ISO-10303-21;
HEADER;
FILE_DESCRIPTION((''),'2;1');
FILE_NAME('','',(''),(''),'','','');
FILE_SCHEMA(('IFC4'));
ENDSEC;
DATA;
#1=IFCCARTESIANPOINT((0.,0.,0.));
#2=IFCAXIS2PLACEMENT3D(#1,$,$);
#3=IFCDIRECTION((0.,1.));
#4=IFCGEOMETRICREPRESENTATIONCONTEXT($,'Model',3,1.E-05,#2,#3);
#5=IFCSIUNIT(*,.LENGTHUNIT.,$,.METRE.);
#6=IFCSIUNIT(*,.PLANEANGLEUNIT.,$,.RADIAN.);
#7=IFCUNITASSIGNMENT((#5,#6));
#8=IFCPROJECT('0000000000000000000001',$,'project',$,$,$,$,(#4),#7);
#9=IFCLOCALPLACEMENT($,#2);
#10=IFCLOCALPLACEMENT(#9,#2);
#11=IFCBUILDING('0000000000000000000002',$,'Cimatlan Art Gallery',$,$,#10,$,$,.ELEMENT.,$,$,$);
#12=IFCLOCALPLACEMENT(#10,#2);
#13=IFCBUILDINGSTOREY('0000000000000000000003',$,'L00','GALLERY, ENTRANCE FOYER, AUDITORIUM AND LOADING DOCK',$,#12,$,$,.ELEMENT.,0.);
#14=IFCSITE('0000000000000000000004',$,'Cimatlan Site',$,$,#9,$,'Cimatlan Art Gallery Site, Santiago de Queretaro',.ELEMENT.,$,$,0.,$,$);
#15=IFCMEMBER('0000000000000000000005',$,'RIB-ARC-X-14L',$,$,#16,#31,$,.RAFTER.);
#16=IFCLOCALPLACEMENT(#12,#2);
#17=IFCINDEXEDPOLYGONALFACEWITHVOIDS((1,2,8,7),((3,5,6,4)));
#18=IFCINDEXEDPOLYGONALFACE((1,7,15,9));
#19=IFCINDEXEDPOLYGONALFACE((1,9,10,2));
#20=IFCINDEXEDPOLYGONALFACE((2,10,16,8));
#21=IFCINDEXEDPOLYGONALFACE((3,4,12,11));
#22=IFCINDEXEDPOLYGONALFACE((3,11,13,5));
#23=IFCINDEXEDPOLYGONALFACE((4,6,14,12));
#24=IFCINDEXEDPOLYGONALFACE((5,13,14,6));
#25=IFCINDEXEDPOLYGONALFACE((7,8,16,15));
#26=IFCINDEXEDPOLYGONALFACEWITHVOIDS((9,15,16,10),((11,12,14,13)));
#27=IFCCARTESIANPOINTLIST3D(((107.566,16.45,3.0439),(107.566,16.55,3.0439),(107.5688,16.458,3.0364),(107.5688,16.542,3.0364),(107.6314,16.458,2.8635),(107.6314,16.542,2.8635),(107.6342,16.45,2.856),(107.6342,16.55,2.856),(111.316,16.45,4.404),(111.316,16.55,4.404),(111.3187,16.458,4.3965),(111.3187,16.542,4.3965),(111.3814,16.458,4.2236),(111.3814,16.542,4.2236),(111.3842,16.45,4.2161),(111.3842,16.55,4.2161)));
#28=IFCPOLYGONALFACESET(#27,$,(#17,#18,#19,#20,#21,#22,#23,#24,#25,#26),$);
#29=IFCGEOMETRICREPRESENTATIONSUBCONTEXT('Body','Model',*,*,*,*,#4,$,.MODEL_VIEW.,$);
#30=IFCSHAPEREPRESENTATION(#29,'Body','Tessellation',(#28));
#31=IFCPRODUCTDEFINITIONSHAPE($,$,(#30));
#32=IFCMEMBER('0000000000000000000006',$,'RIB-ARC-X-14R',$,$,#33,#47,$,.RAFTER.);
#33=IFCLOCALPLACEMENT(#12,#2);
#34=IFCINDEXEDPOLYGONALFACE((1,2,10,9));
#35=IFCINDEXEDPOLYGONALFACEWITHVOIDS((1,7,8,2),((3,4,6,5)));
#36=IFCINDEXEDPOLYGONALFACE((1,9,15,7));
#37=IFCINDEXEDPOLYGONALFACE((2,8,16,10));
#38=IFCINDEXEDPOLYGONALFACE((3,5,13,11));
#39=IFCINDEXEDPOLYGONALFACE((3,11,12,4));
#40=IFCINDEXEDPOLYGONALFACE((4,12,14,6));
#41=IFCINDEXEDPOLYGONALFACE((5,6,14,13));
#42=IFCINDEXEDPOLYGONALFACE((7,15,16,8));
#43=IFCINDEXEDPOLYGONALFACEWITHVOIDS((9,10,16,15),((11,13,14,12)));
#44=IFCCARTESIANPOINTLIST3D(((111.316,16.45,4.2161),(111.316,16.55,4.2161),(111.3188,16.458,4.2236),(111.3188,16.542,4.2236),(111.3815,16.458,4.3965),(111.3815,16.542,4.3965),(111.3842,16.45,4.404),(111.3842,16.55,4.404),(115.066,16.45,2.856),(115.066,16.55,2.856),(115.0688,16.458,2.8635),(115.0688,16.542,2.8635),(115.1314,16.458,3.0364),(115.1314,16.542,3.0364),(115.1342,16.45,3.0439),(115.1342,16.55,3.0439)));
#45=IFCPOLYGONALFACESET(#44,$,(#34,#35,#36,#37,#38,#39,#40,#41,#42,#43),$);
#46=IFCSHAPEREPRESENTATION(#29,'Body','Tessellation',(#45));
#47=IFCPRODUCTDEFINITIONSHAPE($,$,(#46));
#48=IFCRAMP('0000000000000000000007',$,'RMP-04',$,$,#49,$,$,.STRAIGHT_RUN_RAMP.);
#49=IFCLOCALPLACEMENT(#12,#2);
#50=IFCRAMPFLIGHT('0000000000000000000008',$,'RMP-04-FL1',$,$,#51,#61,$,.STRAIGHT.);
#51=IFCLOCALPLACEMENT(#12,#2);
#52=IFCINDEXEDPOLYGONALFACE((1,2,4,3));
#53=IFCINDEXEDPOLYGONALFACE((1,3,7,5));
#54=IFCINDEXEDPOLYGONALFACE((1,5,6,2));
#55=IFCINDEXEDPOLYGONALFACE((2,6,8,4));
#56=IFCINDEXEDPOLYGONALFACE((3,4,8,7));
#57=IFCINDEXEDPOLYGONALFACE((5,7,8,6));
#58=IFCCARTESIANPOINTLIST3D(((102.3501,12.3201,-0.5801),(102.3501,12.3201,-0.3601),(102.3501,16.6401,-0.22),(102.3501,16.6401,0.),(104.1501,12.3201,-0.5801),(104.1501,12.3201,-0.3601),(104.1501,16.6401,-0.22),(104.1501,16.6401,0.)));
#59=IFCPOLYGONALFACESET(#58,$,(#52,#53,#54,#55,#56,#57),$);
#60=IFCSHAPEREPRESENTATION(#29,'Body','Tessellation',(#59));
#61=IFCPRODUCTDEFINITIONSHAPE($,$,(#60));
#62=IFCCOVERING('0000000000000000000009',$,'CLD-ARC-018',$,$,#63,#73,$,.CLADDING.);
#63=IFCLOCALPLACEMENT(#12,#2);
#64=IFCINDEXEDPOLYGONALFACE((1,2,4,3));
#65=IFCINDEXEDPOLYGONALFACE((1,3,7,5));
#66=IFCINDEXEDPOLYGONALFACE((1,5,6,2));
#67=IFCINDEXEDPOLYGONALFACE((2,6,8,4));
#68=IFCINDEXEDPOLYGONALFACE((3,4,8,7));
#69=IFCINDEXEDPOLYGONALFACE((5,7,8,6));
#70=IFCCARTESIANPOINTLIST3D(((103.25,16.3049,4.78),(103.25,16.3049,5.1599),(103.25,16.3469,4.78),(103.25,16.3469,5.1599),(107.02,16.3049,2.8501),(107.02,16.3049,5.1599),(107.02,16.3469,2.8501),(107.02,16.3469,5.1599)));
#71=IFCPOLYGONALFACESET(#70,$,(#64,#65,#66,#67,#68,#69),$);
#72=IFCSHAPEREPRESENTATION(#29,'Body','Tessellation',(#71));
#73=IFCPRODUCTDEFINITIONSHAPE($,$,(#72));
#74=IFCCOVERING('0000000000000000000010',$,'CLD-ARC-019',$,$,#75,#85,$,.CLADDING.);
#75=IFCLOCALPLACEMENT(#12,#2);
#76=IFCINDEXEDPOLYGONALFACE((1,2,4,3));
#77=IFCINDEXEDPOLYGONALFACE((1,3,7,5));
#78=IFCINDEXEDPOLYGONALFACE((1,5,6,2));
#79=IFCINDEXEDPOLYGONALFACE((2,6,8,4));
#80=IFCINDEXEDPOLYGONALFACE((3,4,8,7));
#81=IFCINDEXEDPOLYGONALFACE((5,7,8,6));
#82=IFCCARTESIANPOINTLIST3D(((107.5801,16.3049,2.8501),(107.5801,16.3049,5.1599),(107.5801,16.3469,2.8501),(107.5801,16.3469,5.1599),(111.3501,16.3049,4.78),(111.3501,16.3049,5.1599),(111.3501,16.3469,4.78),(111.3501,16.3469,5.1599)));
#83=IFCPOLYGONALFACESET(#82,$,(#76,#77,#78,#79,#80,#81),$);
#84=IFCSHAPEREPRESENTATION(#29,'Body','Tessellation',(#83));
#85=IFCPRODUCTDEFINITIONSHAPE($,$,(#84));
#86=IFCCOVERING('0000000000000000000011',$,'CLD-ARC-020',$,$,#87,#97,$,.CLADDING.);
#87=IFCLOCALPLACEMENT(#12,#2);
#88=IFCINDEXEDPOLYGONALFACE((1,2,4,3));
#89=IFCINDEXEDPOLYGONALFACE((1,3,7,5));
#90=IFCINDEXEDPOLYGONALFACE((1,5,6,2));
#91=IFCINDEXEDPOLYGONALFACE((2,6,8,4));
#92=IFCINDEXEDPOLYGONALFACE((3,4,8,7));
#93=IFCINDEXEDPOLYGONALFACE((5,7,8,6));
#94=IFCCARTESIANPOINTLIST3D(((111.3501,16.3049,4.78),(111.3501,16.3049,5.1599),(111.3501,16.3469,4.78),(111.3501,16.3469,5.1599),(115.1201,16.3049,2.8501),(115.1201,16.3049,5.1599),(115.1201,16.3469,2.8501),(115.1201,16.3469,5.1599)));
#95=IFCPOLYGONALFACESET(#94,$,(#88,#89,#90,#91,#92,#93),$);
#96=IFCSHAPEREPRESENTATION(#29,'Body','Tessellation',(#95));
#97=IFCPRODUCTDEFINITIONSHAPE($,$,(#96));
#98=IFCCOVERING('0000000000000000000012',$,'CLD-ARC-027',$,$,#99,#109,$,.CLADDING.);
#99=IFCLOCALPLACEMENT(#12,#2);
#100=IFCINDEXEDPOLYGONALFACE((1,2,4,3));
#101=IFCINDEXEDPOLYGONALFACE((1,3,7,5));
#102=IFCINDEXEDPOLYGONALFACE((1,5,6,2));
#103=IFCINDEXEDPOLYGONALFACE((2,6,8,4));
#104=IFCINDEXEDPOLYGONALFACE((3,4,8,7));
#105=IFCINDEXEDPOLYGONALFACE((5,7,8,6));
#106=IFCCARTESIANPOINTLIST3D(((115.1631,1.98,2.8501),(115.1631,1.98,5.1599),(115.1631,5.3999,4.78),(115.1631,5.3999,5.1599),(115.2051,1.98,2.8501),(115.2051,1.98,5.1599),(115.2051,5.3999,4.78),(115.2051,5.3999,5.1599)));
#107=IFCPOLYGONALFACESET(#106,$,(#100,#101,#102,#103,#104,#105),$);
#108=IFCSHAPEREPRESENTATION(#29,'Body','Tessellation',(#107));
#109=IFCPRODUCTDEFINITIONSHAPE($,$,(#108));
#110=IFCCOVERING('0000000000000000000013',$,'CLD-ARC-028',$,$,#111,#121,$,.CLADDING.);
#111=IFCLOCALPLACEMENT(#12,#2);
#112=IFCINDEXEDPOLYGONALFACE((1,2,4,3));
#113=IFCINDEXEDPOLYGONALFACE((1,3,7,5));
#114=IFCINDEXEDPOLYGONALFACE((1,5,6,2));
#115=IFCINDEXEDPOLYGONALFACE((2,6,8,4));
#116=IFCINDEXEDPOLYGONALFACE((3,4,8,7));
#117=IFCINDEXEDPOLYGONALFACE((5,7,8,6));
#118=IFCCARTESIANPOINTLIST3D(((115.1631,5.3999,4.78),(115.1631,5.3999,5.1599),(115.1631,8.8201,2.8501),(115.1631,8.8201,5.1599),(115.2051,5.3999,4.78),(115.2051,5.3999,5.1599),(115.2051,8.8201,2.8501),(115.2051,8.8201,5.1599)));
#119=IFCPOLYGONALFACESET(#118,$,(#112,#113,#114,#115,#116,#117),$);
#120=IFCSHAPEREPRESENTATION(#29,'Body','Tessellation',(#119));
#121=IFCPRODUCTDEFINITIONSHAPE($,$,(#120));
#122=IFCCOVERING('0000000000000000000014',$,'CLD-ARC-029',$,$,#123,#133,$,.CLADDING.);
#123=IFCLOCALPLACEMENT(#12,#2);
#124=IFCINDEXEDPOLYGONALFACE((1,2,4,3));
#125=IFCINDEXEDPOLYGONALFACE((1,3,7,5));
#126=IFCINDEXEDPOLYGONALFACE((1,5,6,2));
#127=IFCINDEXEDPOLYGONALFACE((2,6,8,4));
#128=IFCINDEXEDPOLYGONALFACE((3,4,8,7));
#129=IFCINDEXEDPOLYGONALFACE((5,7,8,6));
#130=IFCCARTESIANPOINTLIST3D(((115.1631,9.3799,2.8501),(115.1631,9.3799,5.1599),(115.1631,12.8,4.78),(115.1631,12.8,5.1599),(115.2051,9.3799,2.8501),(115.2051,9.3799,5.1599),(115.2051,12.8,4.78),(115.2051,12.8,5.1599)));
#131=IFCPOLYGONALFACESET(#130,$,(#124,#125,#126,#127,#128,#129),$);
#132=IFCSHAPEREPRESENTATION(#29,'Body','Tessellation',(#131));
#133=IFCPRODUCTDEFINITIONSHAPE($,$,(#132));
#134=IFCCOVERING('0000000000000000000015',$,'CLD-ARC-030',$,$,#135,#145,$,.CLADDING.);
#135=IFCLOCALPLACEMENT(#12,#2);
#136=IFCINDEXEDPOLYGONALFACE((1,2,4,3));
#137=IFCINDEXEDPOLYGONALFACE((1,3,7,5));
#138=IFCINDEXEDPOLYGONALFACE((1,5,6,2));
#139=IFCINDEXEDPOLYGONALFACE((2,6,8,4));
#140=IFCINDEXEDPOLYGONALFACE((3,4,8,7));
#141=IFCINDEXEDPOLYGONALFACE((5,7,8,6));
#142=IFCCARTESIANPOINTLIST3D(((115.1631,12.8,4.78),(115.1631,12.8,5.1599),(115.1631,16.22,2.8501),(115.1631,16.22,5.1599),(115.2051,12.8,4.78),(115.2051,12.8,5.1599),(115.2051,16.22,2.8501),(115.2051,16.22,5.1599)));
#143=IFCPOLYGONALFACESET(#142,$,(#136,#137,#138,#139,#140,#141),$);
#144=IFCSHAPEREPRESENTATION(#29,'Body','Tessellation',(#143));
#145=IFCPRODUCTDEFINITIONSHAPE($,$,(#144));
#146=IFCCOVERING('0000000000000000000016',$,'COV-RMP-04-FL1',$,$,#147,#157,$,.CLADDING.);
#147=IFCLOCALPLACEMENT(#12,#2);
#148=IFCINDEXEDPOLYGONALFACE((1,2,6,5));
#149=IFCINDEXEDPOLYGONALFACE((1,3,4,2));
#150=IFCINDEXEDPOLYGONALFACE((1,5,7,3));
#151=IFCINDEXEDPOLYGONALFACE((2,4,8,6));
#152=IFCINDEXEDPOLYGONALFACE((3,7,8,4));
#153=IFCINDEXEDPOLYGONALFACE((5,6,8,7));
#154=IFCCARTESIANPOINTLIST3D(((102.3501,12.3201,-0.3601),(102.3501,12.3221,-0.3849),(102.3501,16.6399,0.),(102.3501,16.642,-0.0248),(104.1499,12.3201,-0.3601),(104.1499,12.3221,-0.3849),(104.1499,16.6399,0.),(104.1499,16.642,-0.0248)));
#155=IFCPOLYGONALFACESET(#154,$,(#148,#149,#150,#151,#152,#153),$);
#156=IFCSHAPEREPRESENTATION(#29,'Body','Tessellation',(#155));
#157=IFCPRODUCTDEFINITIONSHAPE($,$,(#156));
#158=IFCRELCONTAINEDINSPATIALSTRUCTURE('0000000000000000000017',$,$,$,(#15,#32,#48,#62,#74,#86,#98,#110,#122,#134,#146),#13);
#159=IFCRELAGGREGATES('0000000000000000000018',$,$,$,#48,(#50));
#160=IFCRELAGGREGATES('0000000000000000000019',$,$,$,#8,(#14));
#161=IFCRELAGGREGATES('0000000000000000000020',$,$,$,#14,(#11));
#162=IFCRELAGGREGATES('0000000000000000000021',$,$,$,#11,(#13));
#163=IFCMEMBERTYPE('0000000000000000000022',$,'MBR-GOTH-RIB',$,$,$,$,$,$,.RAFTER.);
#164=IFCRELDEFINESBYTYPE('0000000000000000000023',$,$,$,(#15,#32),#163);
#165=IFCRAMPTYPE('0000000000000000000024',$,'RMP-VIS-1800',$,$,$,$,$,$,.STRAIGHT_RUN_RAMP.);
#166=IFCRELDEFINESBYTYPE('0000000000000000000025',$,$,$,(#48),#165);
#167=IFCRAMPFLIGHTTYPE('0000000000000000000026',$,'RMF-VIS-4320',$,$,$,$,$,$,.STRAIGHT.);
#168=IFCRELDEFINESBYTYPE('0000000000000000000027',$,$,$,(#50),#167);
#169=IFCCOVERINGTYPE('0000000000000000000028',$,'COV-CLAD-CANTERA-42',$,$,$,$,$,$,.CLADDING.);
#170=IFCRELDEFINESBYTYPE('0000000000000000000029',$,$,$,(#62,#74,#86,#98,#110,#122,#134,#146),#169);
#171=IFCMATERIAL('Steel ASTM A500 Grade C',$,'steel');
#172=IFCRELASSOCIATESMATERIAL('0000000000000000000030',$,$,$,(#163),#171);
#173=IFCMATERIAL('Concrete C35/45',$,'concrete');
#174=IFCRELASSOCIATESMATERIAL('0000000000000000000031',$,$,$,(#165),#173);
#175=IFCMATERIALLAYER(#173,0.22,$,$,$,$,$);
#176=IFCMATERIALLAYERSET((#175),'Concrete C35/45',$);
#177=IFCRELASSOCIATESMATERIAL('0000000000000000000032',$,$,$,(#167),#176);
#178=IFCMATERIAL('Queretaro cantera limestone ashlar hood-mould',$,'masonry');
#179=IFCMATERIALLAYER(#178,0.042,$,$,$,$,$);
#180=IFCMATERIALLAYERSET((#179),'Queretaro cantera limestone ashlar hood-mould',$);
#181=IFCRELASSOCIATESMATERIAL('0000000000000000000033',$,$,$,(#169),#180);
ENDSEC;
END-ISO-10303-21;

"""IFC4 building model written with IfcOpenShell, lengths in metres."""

from ifc_helpers import new_model, si_unit, direction, frame, origin, origin_2d, place, context, subcontext, project, spatial, polyline, hollow_rectangle, outline, extrude, material, layer, layer_set, material_profile, profile_set, type_object, element, aggregate, save


model = new_model("IFC4")

# Units and contexts
model_context = context("Model", 3, precision=1e-05, world=origin(), true_north=direction((0.0, 1.0)))
body_context = subcontext(model_context, "Body", "Model", "MODEL_VIEW")
ifc_project = project(units=[si_unit("LENGTHUNIT", "METRE"), si_unit("PLANEANGLEUNIT", "RADIAN")], contexts=[model_context])

# Site, building, storey
site_placement = place(None, origin())
site = spatial("IfcSite", under=ifc_project, at=site_placement, Name="Cimatlan Site", LongName="Cimatlan Art Gallery Site, Santiago de Queretaro", CompositionType="ELEMENT", RefElevation=0.0)
building_placement = place(site_placement, origin())
building = spatial("IfcBuilding", under=site, at=building_placement, Name="Cimatlan Art Gallery", CompositionType="ELEMENT")
storey_placement = place(building_placement, origin())
storey = spatial("IfcBuildingStorey", under=building, at=storey_placement, Name="L00", Description="GALLERY, ENTRANCE FOYER, AUDITORIUM AND LOADING DOCK", CompositionType="ELEMENT", Elevation=0.0)

# Members
ifc_material_1 = material(Name="Steel ASTM A500 Grade C", Category="steel")
ifc_material_profile_1 = material_profile(ifc_material_1, hollow_rectangle(XDim=0.1001, YDim=0.2, WallThickness=0.0081, at=origin_2d()), Name="HSS200X100X8")
ifc_profile_set_1 = profile_set([ifc_material_profile_1], Name="Steel ASTM A500 Grade C")
member_type = type_object("IfcMemberType", Name="MBR-GOTH-RIB", PredefinedType="RAFTER", material=ifc_profile_set_1)
for number, where, z_axis, x_axis, name in (
    (1, (107.6001, 16.5, 2.95), (0.940077, 0.0, 0.340962), (0.0, 1.0, 0.0), "RIB-ARC-X-14L"),
    (2, (115.1001, 16.5, 2.95), (-0.940077, 0.0, 0.340962), (0.0, -1.0, 0.0), "RIB-ARC-X-14R"),
):
    element("IfcMember", number, at=place(storey_placement, frame(where, z_axis=z_axis, x_axis=x_axis)), inside=storey, type_object=member_type, Name=name, PredefinedType="RAFTER", context=body_context, shape_type="SweptSolid", body=[
        extrude(hollow_rectangle(XDim=0.1001, YDim=0.2, WallThickness=0.0081, at=origin_2d()), origin(), (0.0, 0.0, 1.0), 3.989),
    ])

# Ramp, ramp flight
ifc_material_2 = material(Name="Concrete C35/45", Category="concrete")
ramp_type = type_object("IfcRampType", Name="RMP-VIS-1800", PredefinedType="STRAIGHT_RUN_RAMP", material=ifc_material_2)
ramp_placement = place(storey_placement, origin())
ramp = element("IfcRamp", 3, at=ramp_placement, inside=storey, type_object=ramp_type, Name="RMP-04", PredefinedType="STRAIGHT_RUN_RAMP")
ifc_layer_1 = layer(ifc_material_2, 0.22)
ifc_layer_set_1 = layer_set([ifc_layer_1], Name="Concrete C35/45")
ramp_flight_type = type_object("IfcRampFlightType", Name="RMF-VIS-4320", PredefinedType="STRAIGHT", material=ifc_layer_set_1)
ramp_flight_placement = place(storey_placement, frame((103.25, 12.3201, -0.3601), z_axis=(0.0, 0.0, 1.0), x_axis=(0.0, 1.0, 0.0)))
ramp_flight = element("IfcRampFlight", 4, at=ramp_flight_placement, type_object=ramp_flight_type, Name="RMP-04-FL1", PredefinedType="STRAIGHT", context=body_context, shape_type="SweptSolid", body=[
    extrude(outline(polyline([(0.0, 0.0), (4.3201, 0.3601), (4.3201, 0.1401), (0.0, -0.22), (0.0, 0.0)])), frame((0.0, 0.8999, 0.0), z_axis=(0.0, -1.0, 0.0), x_axis=(1.0, 0.0, 0.0)), (0.0, 0.0, 1.0), 1.8),
])
aggregate(ramp, [ramp_flight])

# Coverings
ifc_material_3 = material(Name="Queretaro cantera limestone ashlar hood-mould", Category="masonry")
ifc_layer_2 = layer(ifc_material_3, 0.042)
ifc_layer_set_2 = layer_set([ifc_layer_2], Name="Queretaro cantera limestone ashlar hood-mould")
covering_type = type_object("IfcCoveringType", Name="COV-CLAD-CANTERA-42", PredefinedType="CLADDING", material=ifc_layer_set_2)
covering_1_placement = place(storey_placement, frame((103.25, 16.3049, 4.78), z_axis=(0.0, -1.0, 0.0), x_axis=(0.890144, 0.0, -0.455679)))
element("IfcCovering", 5, at=covering_1_placement, inside=storey, type_object=covering_type, Name="CLD-ARC-018", PredefinedType="CLADDING", context=body_context, shape_type="SweptSolid", body=[
    extrude(outline(polyline([(0.0, 0.0), (4.2353, 0.0), (3.1828, 2.0561), (-0.1731, 0.3382), (0.0, 0.0)])), origin(), (0.0, 0.0, -1.0), 0.042),
])
covering_2_placement = place(storey_placement, frame((107.5801, 16.3049, 2.8501), z_axis=(0.0, -1.0, 0.0), x_axis=(0.890144, 0.0, 0.455679)))
element("IfcCovering", 6, at=covering_2_placement, inside=storey, type_object=covering_type, Name="CLD-ARC-019", PredefinedType="CLADDING", context=body_context, shape_type="SweptSolid", body=[
    extrude(outline(polyline([(0.0, 0.0), (4.2353, 0.0), (4.4084, 0.3382), (1.0525, 2.0561), (0.0, 0.0)])), origin(), (0.0, 0.0, -1.0), 0.042),
])
covering_3_placement = place(storey_placement, frame((111.3501, 16.3049, 4.78), z_axis=(0.0, -1.0, 0.0), x_axis=(0.890144, 0.0, -0.455679)))
element("IfcCovering", 7, at=covering_3_placement, inside=storey, type_object=covering_type, Name="CLD-ARC-020", PredefinedType="CLADDING", context=body_context, shape_type="SweptSolid", body=[
    extrude(outline(polyline([(0.0, 0.0), (4.2353, 0.0), (3.1828, 2.0561), (-0.1731, 0.3382), (0.0, 0.0)])), origin(), (0.0, 0.0, -1.0), 0.042),
])
covering_4_placement = place(storey_placement, frame((115.2051, 1.98, 2.8501), z_axis=(1.0, 0.0, 0.0), x_axis=(0.0, 0.870897, 0.491465)))
element("IfcCovering", 8, at=covering_4_placement, inside=storey, type_object=covering_type, Name="CLD-ARC-027", PredefinedType="CLADDING", context=body_context, shape_type="SweptSolid", body=[
    extrude(outline(polyline([(0.0, 0.0), (3.9269, 0.0), (4.1136, 0.3308), (1.1352, 2.0116), (0.0, 0.0)])), origin(), (0.0, 0.0, -1.0), 0.042),
])
covering_5_placement = place(storey_placement, frame((115.2051, 5.3999, 4.78), z_axis=(1.0, 0.0, 0.0), x_axis=(0.0, 0.870912, -0.491438)))
element("IfcCovering", 9, at=covering_5_placement, inside=storey, type_object=covering_type, Name="CLD-ARC-028", PredefinedType="CLADDING", context=body_context, shape_type="SweptSolid", body=[
    extrude(outline(polyline([(0.0, 0.0), (3.9271, 0.0), (2.792, 2.0116), (-0.1867, 0.3308), (0.0, 0.0)])), origin(), (0.0, 0.0, -1.0), 0.042),
])
covering_6_placement = place(storey_placement, frame((115.2051, 9.3799, 2.8501), z_axis=(1.0, 0.0, 0.0), x_axis=(0.0, 0.870912, 0.491438)))
element("IfcCovering", 10, at=covering_6_placement, inside=storey, type_object=covering_type, Name="CLD-ARC-029", PredefinedType="CLADDING", context=body_context, shape_type="SweptSolid", body=[
    extrude(outline(polyline([(0.0, 0.0), (3.9271, 0.0), (4.1138, 0.3308), (1.1351, 2.0116), (0.0, 0.0)])), origin(), (0.0, 0.0, -1.0), 0.042),
])
covering_7_placement = place(storey_placement, frame((115.2051, 12.8, 4.78), z_axis=(1.0, 0.0, 0.0), x_axis=(0.0, 0.870897, -0.491465)))
element("IfcCovering", 11, at=covering_7_placement, inside=storey, type_object=covering_type, Name="CLD-ARC-030", PredefinedType="CLADDING", context=body_context, shape_type="SweptSolid", body=[
    extrude(outline(polyline([(0.0, 0.0), (3.9269, 0.0), (2.7917, 2.0116), (-0.1867, 0.3308), (0.0, 0.0)])), origin(), (0.0, 0.0, -1.0), 0.042),
])
covering_8_placement = place(storey_placement, frame((104.1499, 12.3201, -0.3601), z_axis=(0.0, -0.083073, 0.996543), x_axis=(0.0, 0.996543, 0.083073)))
element("IfcCovering", 12, at=covering_8_placement, inside=storey, type_object=covering_type, Name="COV-RMP-04-FL1", PredefinedType="CLADDING", context=body_context, shape_type="SweptSolid", body=[
    extrude(outline(polyline([(0.0, 0.0), (4.3348, 0.0), (4.3348, 1.7998), (0.0, 1.7998), (0.0, 0.0)])), origin(), (0.0, 0.0, -1.0), 0.0249),
])

save(model, "model.ifc")
